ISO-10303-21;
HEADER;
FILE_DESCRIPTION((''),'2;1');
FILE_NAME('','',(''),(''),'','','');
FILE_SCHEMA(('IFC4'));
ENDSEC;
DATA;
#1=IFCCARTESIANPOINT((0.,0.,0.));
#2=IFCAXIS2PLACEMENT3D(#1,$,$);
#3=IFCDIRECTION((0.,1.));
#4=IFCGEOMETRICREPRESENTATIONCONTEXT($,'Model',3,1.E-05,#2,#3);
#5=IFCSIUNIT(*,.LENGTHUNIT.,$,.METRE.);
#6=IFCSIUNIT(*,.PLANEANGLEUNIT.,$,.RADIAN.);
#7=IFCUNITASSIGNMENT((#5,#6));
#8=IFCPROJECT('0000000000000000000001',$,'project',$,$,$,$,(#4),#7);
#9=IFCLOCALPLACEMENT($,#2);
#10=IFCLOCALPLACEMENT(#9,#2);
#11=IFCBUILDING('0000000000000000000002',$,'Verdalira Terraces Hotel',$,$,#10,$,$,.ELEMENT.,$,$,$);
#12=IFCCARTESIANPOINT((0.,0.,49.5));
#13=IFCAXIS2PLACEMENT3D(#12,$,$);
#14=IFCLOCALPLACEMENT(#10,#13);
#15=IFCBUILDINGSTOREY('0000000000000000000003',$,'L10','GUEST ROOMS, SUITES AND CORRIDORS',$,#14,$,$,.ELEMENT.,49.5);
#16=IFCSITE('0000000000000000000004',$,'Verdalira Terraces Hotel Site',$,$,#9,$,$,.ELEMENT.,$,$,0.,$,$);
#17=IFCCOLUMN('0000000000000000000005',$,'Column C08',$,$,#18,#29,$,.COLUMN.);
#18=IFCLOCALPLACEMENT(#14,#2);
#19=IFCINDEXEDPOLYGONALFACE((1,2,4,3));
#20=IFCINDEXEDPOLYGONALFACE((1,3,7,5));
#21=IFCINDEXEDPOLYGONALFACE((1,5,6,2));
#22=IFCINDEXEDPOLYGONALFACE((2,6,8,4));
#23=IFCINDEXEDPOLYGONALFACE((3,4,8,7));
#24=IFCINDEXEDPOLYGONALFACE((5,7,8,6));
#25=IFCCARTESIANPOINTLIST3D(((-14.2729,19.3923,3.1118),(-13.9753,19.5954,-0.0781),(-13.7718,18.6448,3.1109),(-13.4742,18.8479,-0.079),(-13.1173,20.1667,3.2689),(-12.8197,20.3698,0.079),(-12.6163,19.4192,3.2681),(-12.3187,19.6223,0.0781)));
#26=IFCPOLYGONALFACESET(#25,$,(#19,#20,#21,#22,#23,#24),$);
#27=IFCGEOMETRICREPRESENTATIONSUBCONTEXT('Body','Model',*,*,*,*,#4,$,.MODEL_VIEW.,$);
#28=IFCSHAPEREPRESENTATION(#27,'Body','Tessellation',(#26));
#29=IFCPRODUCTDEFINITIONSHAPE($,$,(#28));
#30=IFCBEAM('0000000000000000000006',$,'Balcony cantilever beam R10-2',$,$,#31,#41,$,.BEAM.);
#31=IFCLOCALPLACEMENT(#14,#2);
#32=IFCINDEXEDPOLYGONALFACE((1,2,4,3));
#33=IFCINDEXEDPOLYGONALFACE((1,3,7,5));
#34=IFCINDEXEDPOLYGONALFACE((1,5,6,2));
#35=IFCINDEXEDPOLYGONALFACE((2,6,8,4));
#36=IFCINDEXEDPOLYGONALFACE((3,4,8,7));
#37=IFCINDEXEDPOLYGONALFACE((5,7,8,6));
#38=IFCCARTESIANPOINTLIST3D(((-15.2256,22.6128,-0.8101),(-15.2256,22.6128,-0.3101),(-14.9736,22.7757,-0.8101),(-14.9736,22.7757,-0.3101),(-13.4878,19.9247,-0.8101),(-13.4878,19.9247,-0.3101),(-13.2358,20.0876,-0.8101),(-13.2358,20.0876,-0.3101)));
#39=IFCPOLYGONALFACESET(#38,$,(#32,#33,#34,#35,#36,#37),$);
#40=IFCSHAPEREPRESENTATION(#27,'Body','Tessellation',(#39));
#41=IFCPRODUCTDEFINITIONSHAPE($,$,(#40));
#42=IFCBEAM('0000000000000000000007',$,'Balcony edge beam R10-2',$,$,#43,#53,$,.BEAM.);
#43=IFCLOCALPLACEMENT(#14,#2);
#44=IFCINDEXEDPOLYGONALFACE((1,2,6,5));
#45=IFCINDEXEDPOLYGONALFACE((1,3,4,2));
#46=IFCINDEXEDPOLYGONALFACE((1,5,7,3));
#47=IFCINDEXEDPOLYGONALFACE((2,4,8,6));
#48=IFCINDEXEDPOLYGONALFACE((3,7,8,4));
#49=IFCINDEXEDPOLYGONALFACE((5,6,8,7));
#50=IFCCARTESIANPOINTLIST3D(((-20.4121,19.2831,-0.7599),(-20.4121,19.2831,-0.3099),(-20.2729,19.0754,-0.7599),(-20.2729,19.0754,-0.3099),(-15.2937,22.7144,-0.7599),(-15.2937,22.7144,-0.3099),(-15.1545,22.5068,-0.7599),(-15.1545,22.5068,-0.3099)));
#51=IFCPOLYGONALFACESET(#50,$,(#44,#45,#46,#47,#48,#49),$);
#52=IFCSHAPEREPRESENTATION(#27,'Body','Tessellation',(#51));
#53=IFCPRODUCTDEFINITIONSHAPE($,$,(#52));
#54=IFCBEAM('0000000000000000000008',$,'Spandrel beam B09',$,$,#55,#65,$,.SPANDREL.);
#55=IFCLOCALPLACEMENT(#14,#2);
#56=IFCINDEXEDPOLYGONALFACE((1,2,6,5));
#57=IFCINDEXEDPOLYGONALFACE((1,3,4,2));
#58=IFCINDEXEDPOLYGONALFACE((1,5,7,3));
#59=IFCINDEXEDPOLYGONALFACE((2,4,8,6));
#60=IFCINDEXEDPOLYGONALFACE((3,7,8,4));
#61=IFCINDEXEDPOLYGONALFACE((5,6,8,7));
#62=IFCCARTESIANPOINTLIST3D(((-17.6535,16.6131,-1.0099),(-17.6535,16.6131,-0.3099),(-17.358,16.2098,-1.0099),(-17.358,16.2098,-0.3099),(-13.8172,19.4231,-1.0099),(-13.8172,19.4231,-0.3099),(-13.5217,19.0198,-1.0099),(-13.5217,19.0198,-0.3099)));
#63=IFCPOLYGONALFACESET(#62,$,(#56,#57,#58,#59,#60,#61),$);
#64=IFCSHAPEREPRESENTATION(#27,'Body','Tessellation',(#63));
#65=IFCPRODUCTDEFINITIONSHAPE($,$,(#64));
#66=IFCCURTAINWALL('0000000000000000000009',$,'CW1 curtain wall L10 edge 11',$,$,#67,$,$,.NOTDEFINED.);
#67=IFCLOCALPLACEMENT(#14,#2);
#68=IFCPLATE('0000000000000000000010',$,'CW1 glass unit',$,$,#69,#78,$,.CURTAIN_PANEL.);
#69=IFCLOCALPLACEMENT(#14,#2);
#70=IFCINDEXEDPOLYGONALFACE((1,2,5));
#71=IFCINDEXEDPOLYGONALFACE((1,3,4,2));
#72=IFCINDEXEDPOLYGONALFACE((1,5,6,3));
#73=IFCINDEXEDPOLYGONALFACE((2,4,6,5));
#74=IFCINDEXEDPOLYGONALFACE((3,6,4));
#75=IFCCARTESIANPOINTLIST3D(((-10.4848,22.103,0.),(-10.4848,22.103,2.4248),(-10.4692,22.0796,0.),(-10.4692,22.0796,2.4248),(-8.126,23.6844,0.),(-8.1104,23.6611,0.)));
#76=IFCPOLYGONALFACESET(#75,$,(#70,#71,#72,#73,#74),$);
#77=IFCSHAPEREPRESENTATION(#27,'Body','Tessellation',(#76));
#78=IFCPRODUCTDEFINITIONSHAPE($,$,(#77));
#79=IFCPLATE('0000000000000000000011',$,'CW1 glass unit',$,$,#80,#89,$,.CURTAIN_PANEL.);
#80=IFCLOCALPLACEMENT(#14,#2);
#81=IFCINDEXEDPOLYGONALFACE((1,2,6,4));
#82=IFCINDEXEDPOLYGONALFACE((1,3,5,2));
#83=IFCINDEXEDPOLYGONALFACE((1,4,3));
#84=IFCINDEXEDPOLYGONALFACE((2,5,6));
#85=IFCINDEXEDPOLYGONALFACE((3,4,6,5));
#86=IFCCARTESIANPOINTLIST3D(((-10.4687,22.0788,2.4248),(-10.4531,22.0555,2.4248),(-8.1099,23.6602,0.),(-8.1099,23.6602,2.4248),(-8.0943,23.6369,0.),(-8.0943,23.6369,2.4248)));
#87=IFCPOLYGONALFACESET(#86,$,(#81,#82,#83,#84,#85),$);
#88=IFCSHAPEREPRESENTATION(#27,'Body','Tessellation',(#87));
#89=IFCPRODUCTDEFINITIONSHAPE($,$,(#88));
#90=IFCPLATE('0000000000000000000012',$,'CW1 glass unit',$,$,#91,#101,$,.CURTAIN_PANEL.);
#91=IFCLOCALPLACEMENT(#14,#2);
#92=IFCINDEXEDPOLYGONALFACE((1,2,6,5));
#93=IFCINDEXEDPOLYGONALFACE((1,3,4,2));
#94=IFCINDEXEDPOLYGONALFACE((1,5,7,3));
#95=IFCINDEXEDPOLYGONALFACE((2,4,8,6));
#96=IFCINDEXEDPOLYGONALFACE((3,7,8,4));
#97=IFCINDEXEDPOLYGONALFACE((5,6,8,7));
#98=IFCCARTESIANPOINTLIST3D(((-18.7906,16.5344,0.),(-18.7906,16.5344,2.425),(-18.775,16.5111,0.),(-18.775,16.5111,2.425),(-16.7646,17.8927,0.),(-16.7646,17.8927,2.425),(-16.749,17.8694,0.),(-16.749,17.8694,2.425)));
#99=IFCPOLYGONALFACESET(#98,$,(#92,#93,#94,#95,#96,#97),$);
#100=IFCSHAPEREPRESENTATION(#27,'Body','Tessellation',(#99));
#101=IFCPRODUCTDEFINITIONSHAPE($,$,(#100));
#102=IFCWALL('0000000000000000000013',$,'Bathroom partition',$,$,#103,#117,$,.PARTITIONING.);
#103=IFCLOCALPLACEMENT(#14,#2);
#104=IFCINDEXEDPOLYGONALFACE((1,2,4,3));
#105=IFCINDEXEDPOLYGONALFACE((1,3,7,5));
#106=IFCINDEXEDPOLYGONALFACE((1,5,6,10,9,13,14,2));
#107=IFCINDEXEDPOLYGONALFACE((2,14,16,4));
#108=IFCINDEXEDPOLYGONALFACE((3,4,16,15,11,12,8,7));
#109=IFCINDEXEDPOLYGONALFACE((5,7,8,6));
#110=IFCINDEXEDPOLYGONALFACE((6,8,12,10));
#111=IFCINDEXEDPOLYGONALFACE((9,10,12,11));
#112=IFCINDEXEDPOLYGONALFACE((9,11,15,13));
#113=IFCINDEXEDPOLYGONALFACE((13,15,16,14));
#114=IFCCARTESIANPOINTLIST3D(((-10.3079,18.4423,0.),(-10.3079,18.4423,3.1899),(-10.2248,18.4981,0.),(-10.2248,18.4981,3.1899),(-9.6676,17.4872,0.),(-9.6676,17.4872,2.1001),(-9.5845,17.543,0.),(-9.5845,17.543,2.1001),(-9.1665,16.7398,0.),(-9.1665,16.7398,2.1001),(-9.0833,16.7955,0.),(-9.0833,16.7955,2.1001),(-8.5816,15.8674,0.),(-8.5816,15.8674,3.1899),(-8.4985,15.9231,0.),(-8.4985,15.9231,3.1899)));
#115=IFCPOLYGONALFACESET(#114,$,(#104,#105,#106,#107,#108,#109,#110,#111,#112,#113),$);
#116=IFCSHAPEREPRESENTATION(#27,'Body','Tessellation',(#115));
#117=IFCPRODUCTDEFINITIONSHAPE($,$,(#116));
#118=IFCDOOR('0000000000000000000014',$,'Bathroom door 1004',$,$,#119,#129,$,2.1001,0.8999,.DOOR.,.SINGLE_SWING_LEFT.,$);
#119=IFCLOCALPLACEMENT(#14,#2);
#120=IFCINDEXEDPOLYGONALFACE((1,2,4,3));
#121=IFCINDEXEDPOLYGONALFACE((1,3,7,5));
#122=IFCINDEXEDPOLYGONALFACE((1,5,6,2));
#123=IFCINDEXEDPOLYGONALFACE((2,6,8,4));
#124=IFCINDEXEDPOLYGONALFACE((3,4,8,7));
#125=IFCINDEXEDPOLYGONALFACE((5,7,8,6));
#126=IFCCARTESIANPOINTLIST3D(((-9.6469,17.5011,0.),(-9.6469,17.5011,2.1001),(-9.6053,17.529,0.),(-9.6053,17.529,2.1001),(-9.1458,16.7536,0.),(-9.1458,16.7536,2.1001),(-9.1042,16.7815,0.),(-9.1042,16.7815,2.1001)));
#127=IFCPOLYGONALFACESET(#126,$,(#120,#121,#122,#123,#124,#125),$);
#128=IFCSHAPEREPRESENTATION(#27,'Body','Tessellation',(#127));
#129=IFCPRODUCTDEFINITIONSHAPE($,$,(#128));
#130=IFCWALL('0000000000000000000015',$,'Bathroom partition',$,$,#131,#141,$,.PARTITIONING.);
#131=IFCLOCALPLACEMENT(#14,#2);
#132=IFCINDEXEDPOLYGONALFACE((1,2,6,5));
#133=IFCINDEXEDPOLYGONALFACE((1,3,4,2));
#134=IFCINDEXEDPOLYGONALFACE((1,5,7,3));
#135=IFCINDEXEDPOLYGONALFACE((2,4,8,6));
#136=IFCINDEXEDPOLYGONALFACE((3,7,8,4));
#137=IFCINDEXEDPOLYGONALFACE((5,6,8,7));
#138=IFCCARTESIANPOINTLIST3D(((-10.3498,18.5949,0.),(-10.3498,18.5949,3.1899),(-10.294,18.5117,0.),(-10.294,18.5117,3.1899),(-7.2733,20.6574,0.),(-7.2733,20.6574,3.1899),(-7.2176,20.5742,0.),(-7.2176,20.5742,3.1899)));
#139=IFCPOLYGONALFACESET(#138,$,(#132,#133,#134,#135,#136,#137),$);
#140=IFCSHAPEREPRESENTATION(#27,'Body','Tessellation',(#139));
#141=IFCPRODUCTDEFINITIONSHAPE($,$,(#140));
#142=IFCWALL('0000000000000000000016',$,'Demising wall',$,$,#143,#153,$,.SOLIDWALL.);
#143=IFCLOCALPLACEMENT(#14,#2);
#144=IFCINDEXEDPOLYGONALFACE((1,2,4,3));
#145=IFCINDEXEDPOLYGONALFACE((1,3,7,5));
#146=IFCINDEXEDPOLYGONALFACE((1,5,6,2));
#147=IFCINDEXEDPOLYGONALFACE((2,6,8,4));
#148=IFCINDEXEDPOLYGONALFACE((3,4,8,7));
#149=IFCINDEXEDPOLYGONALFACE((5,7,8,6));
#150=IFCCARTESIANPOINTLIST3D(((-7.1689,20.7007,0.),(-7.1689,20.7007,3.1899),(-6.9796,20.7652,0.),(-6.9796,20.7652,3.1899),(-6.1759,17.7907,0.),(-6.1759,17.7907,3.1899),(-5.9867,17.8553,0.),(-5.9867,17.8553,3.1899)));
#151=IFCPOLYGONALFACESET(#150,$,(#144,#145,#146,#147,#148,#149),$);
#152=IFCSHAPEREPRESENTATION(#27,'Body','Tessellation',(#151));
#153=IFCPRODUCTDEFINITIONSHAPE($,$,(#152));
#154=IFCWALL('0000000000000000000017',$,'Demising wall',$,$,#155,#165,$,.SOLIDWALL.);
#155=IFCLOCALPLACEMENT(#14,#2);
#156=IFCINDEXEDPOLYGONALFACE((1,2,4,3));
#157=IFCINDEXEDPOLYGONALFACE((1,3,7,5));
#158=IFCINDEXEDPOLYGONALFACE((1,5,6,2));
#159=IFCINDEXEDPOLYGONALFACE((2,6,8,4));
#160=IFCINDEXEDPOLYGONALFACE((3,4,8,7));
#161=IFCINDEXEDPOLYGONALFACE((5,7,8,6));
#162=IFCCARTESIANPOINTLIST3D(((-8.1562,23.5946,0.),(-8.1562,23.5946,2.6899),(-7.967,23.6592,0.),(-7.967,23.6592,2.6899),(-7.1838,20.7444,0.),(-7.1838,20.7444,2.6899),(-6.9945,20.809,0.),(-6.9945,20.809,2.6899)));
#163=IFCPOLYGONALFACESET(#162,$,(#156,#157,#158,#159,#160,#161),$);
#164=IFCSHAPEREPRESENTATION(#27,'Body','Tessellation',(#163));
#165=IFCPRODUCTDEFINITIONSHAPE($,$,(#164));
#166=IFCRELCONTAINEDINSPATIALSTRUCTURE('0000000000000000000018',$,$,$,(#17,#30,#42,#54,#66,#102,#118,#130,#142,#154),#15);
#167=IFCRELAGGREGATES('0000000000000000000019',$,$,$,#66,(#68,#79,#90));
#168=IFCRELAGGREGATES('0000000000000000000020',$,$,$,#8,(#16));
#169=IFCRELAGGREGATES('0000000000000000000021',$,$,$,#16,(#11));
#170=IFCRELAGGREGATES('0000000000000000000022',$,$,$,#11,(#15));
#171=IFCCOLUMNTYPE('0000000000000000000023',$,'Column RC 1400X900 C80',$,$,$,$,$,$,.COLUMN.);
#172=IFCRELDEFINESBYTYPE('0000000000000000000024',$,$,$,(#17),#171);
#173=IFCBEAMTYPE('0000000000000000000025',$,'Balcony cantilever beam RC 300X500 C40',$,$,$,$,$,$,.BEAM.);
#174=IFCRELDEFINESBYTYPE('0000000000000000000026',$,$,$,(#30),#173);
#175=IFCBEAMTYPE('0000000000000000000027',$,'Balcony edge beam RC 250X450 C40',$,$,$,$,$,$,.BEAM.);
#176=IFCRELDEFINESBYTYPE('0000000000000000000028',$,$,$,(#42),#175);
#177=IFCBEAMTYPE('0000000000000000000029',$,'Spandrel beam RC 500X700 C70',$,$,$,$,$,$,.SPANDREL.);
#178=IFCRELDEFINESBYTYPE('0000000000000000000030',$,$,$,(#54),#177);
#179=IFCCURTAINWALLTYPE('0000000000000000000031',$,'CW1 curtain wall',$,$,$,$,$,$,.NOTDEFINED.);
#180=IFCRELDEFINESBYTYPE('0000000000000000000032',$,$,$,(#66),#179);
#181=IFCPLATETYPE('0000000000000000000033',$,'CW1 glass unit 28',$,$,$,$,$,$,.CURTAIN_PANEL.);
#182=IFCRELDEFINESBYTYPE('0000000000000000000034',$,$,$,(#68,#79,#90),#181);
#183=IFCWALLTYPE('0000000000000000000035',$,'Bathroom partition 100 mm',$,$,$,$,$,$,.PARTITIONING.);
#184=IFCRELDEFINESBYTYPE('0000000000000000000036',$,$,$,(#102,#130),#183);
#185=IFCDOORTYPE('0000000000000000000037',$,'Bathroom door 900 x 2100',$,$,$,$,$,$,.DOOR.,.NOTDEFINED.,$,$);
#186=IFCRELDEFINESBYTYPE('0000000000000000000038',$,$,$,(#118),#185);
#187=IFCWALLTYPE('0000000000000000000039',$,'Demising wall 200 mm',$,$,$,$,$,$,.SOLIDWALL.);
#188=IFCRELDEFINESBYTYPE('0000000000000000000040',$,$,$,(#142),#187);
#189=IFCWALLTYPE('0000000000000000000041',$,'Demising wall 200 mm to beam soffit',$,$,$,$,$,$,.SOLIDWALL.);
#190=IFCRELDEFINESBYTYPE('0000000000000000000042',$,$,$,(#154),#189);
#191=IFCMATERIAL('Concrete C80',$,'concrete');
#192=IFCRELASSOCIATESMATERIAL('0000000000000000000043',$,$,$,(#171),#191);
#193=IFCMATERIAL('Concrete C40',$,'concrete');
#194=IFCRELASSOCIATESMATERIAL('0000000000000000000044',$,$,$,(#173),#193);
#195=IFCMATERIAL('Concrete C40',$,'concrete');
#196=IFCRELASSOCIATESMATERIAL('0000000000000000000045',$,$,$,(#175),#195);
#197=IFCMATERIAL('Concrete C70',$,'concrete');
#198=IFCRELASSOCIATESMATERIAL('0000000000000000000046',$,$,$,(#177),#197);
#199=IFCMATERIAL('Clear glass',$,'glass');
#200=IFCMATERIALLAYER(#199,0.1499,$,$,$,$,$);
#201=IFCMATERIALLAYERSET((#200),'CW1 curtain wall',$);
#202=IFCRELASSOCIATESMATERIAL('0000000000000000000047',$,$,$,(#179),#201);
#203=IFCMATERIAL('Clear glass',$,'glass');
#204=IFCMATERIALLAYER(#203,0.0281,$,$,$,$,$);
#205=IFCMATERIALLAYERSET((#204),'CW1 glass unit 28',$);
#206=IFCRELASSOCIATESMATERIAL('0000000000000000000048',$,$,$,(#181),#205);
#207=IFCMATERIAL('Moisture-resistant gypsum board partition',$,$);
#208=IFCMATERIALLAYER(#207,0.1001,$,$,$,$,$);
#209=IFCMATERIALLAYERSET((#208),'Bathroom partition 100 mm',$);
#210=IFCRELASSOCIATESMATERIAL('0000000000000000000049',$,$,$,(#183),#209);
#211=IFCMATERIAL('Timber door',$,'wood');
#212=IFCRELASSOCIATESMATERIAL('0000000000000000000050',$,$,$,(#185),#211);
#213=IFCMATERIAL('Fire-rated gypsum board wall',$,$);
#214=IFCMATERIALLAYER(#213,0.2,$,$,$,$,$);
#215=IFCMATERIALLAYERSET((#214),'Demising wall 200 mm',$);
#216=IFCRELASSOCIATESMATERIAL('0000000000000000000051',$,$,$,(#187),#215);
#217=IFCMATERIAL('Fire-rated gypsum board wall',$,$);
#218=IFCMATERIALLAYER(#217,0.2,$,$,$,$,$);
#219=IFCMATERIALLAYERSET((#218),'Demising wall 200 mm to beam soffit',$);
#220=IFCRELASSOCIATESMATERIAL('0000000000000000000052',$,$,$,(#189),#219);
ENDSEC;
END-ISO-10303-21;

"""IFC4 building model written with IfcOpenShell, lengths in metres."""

from ifc_helpers import new_model, si_unit, direction, frame, frame_2d, origin, origin_2d, place, context, subcontext, project, spatial, polyline, rectangle, outline, extrude, material, layer, layer_set, material_profile, profile_set, type_object, element, fill, aggregate, save


model = new_model("IFC4")

# Units and contexts
model_context = context("Model", 3, precision=1e-05, world=origin(), true_north=direction((0.0, 1.0)))
body_context = subcontext(model_context, "Body", "Model", "MODEL_VIEW")
ifc_project = project(units=[si_unit("LENGTHUNIT", "METRE"), si_unit("PLANEANGLEUNIT", "RADIAN")], contexts=[model_context])

# Site, building, storey
site_placement = place(None, origin())
site = spatial("IfcSite", under=ifc_project, at=site_placement, Name="Verdalira Terraces Hotel Site", CompositionType="ELEMENT", RefElevation=0.0)
building_placement = place(site_placement, origin())
building = spatial("IfcBuilding", under=site, at=building_placement, Name="Verdalira Terraces Hotel", CompositionType="ELEMENT")
storey_placement = place(building_placement, frame((0.0, 0.0, 49.5)))
storey = spatial("IfcBuildingStorey", under=building, at=storey_placement, Name="L10", Description="GUEST ROOMS, SUITES AND CORRIDORS", CompositionType="ELEMENT", Elevation=49.5)

# Column
ifc_material_1 = material(Name="Concrete C80", Category="concrete")
ifc_material_profile_1 = material_profile(ifc_material_1, rectangle(XDim=1.3999, YDim=0.8999, at=origin_2d()), Name="RC 1400X900")
ifc_profile_set_1 = profile_set([ifc_material_profile_1], Name="Concrete C80")
column_type = type_object("IfcColumnType", Name="Column RC 1400X900 C80", PredefinedType="COLUMN", material=ifc_profile_set_1)
column_placement = place(storey_placement, frame((-13.147, 19.6089, 0.0), z_axis=(-0.092706, -0.063274, 0.993681), x_axis=(-0.82546, -0.55319, -0.112237)))
element("IfcColumn", 1, at=column_placement, inside=storey, type_object=column_type, Name="Column C08", PredefinedType="COLUMN", context=body_context, shape_type="SweptSolid", body=[
    extrude(rectangle(XDim=1.3999, YDim=0.8999, at=origin_2d()), origin(), (0.0, 0.0, 1.0), 3.2102),
])

# Beams
ifc_material_2 = material(Name="Concrete C40", Category="concrete")
ifc_material_profile_2 = material_profile(ifc_material_2, rectangle(XDim=0.3, YDim=0.5, at=origin_2d()), Name="RC 300X500")
ifc_profile_set_2 = profile_set([ifc_material_profile_2], Name="Concrete C40")
beam_type_1 = type_object("IfcBeamType", Name="Balcony cantilever beam RC 300X500 C40", PredefinedType="BEAM", material=ifc_profile_set_2)
beam_1_placement = place(storey_placement, frame((-13.3618, 20.0061, -0.5601), z_axis=(-0.542888, 0.839805, 0.0), x_axis=(-0.839805, -0.542888, 0.0)))
element("IfcBeam", 2, at=beam_1_placement, inside=storey, type_object=beam_type_1, Name="Balcony cantilever beam R10-2", PredefinedType="BEAM", context=body_context, shape_type="SweptSolid", body=[
    extrude(rectangle(XDim=0.3, YDim=0.5, at=origin_2d()), origin(), (0.0, 0.0, 1.0), 3.2009),
])
ifc_material_3 = material(Name="Concrete C40", Category="concrete")
ifc_material_profile_3 = material_profile(ifc_material_3, rectangle(XDim=0.25, YDim=0.45, at=origin_2d()), Name="RC 250X450")
ifc_profile_set_3 = profile_set([ifc_material_profile_3], Name="Concrete C40")
beam_type_2 = type_object("IfcBeamType", Name="Balcony edge beam RC 250X450 C40", PredefinedType="BEAM", material=ifc_profile_set_3)
beam_2_placement = place(storey_placement, frame((-15.2241, 22.6106, -0.5349), z_axis=(-0.830615, -0.556847, 0.0), x_axis=(0.556847, -0.830615, 0.0)))
element("IfcBeam", 3, at=beam_2_placement, inside=storey, type_object=beam_type_2, Name="Balcony edge beam R10-2", PredefinedType="BEAM", context=body_context, shape_type="SweptSolid", body=[
    extrude(rectangle(XDim=0.25, YDim=0.45, at=origin_2d()), origin(), (0.0, 0.0, 1.0), 6.1621),
])
ifc_material_4 = material(Name="Concrete C70", Category="concrete")
ifc_material_profile_4 = material_profile(ifc_material_4, rectangle(XDim=0.5, YDim=0.7, at=origin_2d()), Name="RC 500X700")
ifc_profile_set_4 = profile_set([ifc_material_profile_4], Name="Concrete C70")
beam_type_3 = type_object("IfcBeamType", Name="Spandrel beam RC 500X700 C70", PredefinedType="SPANDREL", material=ifc_profile_set_4)
beam_3_placement = place(storey_placement, frame((-13.6694, 19.2214, -0.6599), z_axis=(-0.806738, -0.59091, 0.0), x_axis=(0.59091, -0.806738, 0.0)))
element("IfcBeam", 4, at=beam_3_placement, inside=storey, type_object=beam_type_3, Name="Spandrel beam B09", PredefinedType="SPANDREL", context=body_context, shape_type="SweptSolid", body=[
    extrude(rectangle(XDim=0.5, YDim=0.7, at=origin_2d()), origin(), (0.0, 0.0, 1.0), 4.7554),
])

# Curtain wall, plates
ifc_material_5 = material(Name="Clear glass", Category="glass")
ifc_layer_1 = layer(ifc_material_5, 0.1499)
ifc_layer_set_1 = layer_set([ifc_layer_1], Name="CW1 curtain wall")
curtain_wall_type = type_object("IfcCurtainWallType", Name="CW1 curtain wall", PredefinedType="NOTDEFINED", material=ifc_layer_set_1)
curtain_wall_placement = place(storey_placement, origin())
curtain_wall = element("IfcCurtainWall", 5, at=curtain_wall_placement, inside=storey, type_object=curtain_wall_type, Name="CW1 curtain wall L10 edge 11", PredefinedType="NOTDEFINED")
ifc_material_6 = material(Name="Clear glass", Category="glass")
ifc_layer_2 = layer(ifc_material_6, 0.0281)
ifc_layer_set_2 = layer_set([ifc_layer_2], Name="CW1 glass unit 28")
plate_type = type_object("IfcPlateType", Name="CW1 glass unit 28", PredefinedType="CURTAIN_PANEL", material=ifc_layer_set_2)
plate_1_placement = place(storey_placement, frame((-9.2898, 22.8704, 1.2124), z_axis=(-0.556876, 0.830596, 0.0), x_axis=(-0.830596, -0.556876, 0.0)))
plate_1 = element("IfcPlate", 6, at=plate_1_placement, type_object=plate_type, Name="CW1 glass unit", PredefinedType="CURTAIN_PANEL", context=body_context, shape_type="SweptSolid", body=[
    extrude(outline(polyline([(-1.4199, -1.2124), (1.4199, -1.2124), (1.4199, 1.2124), (-1.4199, -1.2124)])), origin(), (0.0, 0.0, 1.0), 0.0281),
])
plate_2_placement = place(storey_placement, frame((-9.2737, 22.8462, 1.2124), z_axis=(-0.556876, 0.830596, 0.0), x_axis=(-0.830596, -0.556876, 0.0)))
plate_2 = element("IfcPlate", 7, at=plate_2_placement, type_object=plate_type, Name="CW1 glass unit", PredefinedType="CURTAIN_PANEL", context=body_context, shape_type="SweptSolid", body=[
    extrude(outline(polyline([(-1.4199, -1.2124), (1.4199, 1.2124), (-1.4199, 1.2124), (-1.4199, -1.2124)])), origin(), (0.0, 0.0, 1.0), 0.0281),
])
plate_3_placement = place(storey_placement, frame((-17.7698, 17.2019, 0.0), z_axis=(0.0, 0.0, 1.0), x_axis=(-0.830596, -0.556876, 0.0)))
plate_3 = element("IfcPlate", 8, at=plate_3_placement, type_object=plate_type, Name="CW1 glass unit", PredefinedType="CURTAIN_PANEL", context=body_context, shape_type="SweptSolid", body=[
    extrude(rectangle(XDim=2.4392, YDim=0.0281, at=origin_2d()), origin(), (0.0, 0.0, 1.0), 2.425),
])
aggregate(curtain_wall, [plate_1, plate_2, plate_3])

# Wall, opening, door
ifc_material_7 = material(Name="Moisture-resistant gypsum board partition")
ifc_layer_3 = layer(ifc_material_7, 0.1001)
ifc_layer_set_3 = layer_set([ifc_layer_3], Name="Bathroom partition 100 mm")
wall_type_1 = type_object("IfcWallType", Name="Bathroom partition 100 mm", PredefinedType="PARTITIONING", material=ifc_layer_set_3)
wall_1_placement = place(storey_placement, frame((-10.2664, 18.4702, 0.0), z_axis=(0.0, 0.0, 1.0), x_axis=(0.556861, -0.830606, 0.0)))
wall_1 = element("IfcWall", 9, at=wall_1_placement, inside=storey, type_object=wall_type_1, Name="Bathroom partition", PredefinedType="PARTITIONING", context=body_context, shape_type="SweptSolid", body=[
    extrude(rectangle(XDim=3.1001, YDim=0.1001, at=frame_2d((1.55, 0.0))), origin(), (0.0, 0.0, 1.0), 3.1899),
])
opening_1_placement = place(wall_1_placement, frame((1.1499, 0.0, 0.0)))
opening_1 = element("IfcOpeningElement", 10, at=opening_1_placement, cuts=wall_1, PredefinedType="OPENING", context=body_context, shape_type="SweptSolid", body=[
    extrude(rectangle(XDim=0.8999, YDim=2.1001, at=frame_2d((0.45, 1.05))), frame((0.0, 0.0601, 0.0), z_axis=(0.0, -1.0, 0.0), x_axis=(1.0, 0.0, 0.0)), (0.0, 0.0, 1.0), 0.1201),
])
ifc_material_8 = material(Name="Timber door", Category="wood")
door_type_1 = type_object("IfcDoorType", Name="Bathroom door 900 x 2100", OperationType="NOTDEFINED", PredefinedType="DOOR", material=ifc_material_8)
door_1_placement = place(opening_1_placement, origin())
door_1 = element("IfcDoor", 11, at=door_1_placement, inside=storey, type_object=door_type_1, Name="Bathroom door 1004", OperationType="SINGLE_SWING_LEFT", OverallHeight=2.1001, OverallWidth=0.8999, PredefinedType="DOOR", context=body_context, shape_type="SweptSolid", body=[
    extrude(rectangle(XDim=0.8999, YDim=2.1001, at=frame_2d((0.45, 1.05))), frame((0.0, 0.0249, 0.0), z_axis=(0.0, -1.0, 0.0), x_axis=(1.0, 0.0, 0.0)), (0.0, 0.0, 1.0), 0.05),
])
fill(opening_1, door_1)

# Walls
wall_2_placement = place(storey_placement, frame((-10.322, 18.5532, 0.0), z_axis=(0.0, 0.0, 1.0), x_axis=(0.830607, 0.556858, 0.0)))
element("IfcWall", 12, at=wall_2_placement, inside=storey, type_object=wall_type_1, Name="Bathroom partition", PredefinedType="PARTITIONING", context=body_context, shape_type="SweptSolid", body=[
    extrude(rectangle(XDim=3.7039, YDim=0.1001, at=frame_2d((1.8521, 0.0))), origin(), (0.0, 0.0, 1.0), 3.1899),
])
ifc_material_9 = material(Name="Fire-rated gypsum board wall")
ifc_layer_4 = layer(ifc_material_9, 0.2)
ifc_layer_set_4 = layer_set([ifc_layer_4], Name="Demising wall 200 mm")
wall_type_2 = type_object("IfcWallType", Name="Demising wall 200 mm", PredefinedType="SOLIDWALL", material=ifc_layer_set_4)
wall_3_placement = place(storey_placement, frame((-6.0813, 17.823, 0.0), z_axis=(0.0, 0.0, 1.0), x_axis=(-0.322937, 0.94642, 0.0)))
element("IfcWall", 13, at=wall_3_placement, inside=storey, type_object=wall_type_2, Name="Demising wall", PredefinedType="SOLIDWALL", context=body_context, shape_type="SweptSolid", body=[
    extrude(rectangle(XDim=3.0747, YDim=0.2, at=frame_2d((1.5374, 0.0))), origin(), (0.0, 0.0, 1.0), 3.1899),
])
ifc_material_10 = material(Name="Fire-rated gypsum board wall")
ifc_layer_5 = layer(ifc_material_10, 0.2)
ifc_layer_set_5 = layer_set([ifc_layer_5], Name="Demising wall 200 mm to beam soffit")
wall_type_3 = type_object("IfcWallType", Name="Demising wall 200 mm to beam soffit", PredefinedType="SOLIDWALL", material=ifc_layer_set_5)
wall_4_placement = place(storey_placement, frame((-7.0891, 20.7766, 0.0), z_axis=(0.0, 0.0, 1.0), x_axis=(-0.322908, 0.94643, 0.0)))
element("IfcWall", 14, at=wall_4_placement, inside=storey, type_object=wall_type_3, Name="Demising wall", PredefinedType="SOLIDWALL", context=body_context, shape_type="SweptSolid", body=[
    extrude(rectangle(XDim=3.0115, YDim=0.2, at=frame_2d((1.5059, 0.0))), origin(), (0.0, 0.0, 1.0), 2.6899),
])

save(model, "model.ifc")
